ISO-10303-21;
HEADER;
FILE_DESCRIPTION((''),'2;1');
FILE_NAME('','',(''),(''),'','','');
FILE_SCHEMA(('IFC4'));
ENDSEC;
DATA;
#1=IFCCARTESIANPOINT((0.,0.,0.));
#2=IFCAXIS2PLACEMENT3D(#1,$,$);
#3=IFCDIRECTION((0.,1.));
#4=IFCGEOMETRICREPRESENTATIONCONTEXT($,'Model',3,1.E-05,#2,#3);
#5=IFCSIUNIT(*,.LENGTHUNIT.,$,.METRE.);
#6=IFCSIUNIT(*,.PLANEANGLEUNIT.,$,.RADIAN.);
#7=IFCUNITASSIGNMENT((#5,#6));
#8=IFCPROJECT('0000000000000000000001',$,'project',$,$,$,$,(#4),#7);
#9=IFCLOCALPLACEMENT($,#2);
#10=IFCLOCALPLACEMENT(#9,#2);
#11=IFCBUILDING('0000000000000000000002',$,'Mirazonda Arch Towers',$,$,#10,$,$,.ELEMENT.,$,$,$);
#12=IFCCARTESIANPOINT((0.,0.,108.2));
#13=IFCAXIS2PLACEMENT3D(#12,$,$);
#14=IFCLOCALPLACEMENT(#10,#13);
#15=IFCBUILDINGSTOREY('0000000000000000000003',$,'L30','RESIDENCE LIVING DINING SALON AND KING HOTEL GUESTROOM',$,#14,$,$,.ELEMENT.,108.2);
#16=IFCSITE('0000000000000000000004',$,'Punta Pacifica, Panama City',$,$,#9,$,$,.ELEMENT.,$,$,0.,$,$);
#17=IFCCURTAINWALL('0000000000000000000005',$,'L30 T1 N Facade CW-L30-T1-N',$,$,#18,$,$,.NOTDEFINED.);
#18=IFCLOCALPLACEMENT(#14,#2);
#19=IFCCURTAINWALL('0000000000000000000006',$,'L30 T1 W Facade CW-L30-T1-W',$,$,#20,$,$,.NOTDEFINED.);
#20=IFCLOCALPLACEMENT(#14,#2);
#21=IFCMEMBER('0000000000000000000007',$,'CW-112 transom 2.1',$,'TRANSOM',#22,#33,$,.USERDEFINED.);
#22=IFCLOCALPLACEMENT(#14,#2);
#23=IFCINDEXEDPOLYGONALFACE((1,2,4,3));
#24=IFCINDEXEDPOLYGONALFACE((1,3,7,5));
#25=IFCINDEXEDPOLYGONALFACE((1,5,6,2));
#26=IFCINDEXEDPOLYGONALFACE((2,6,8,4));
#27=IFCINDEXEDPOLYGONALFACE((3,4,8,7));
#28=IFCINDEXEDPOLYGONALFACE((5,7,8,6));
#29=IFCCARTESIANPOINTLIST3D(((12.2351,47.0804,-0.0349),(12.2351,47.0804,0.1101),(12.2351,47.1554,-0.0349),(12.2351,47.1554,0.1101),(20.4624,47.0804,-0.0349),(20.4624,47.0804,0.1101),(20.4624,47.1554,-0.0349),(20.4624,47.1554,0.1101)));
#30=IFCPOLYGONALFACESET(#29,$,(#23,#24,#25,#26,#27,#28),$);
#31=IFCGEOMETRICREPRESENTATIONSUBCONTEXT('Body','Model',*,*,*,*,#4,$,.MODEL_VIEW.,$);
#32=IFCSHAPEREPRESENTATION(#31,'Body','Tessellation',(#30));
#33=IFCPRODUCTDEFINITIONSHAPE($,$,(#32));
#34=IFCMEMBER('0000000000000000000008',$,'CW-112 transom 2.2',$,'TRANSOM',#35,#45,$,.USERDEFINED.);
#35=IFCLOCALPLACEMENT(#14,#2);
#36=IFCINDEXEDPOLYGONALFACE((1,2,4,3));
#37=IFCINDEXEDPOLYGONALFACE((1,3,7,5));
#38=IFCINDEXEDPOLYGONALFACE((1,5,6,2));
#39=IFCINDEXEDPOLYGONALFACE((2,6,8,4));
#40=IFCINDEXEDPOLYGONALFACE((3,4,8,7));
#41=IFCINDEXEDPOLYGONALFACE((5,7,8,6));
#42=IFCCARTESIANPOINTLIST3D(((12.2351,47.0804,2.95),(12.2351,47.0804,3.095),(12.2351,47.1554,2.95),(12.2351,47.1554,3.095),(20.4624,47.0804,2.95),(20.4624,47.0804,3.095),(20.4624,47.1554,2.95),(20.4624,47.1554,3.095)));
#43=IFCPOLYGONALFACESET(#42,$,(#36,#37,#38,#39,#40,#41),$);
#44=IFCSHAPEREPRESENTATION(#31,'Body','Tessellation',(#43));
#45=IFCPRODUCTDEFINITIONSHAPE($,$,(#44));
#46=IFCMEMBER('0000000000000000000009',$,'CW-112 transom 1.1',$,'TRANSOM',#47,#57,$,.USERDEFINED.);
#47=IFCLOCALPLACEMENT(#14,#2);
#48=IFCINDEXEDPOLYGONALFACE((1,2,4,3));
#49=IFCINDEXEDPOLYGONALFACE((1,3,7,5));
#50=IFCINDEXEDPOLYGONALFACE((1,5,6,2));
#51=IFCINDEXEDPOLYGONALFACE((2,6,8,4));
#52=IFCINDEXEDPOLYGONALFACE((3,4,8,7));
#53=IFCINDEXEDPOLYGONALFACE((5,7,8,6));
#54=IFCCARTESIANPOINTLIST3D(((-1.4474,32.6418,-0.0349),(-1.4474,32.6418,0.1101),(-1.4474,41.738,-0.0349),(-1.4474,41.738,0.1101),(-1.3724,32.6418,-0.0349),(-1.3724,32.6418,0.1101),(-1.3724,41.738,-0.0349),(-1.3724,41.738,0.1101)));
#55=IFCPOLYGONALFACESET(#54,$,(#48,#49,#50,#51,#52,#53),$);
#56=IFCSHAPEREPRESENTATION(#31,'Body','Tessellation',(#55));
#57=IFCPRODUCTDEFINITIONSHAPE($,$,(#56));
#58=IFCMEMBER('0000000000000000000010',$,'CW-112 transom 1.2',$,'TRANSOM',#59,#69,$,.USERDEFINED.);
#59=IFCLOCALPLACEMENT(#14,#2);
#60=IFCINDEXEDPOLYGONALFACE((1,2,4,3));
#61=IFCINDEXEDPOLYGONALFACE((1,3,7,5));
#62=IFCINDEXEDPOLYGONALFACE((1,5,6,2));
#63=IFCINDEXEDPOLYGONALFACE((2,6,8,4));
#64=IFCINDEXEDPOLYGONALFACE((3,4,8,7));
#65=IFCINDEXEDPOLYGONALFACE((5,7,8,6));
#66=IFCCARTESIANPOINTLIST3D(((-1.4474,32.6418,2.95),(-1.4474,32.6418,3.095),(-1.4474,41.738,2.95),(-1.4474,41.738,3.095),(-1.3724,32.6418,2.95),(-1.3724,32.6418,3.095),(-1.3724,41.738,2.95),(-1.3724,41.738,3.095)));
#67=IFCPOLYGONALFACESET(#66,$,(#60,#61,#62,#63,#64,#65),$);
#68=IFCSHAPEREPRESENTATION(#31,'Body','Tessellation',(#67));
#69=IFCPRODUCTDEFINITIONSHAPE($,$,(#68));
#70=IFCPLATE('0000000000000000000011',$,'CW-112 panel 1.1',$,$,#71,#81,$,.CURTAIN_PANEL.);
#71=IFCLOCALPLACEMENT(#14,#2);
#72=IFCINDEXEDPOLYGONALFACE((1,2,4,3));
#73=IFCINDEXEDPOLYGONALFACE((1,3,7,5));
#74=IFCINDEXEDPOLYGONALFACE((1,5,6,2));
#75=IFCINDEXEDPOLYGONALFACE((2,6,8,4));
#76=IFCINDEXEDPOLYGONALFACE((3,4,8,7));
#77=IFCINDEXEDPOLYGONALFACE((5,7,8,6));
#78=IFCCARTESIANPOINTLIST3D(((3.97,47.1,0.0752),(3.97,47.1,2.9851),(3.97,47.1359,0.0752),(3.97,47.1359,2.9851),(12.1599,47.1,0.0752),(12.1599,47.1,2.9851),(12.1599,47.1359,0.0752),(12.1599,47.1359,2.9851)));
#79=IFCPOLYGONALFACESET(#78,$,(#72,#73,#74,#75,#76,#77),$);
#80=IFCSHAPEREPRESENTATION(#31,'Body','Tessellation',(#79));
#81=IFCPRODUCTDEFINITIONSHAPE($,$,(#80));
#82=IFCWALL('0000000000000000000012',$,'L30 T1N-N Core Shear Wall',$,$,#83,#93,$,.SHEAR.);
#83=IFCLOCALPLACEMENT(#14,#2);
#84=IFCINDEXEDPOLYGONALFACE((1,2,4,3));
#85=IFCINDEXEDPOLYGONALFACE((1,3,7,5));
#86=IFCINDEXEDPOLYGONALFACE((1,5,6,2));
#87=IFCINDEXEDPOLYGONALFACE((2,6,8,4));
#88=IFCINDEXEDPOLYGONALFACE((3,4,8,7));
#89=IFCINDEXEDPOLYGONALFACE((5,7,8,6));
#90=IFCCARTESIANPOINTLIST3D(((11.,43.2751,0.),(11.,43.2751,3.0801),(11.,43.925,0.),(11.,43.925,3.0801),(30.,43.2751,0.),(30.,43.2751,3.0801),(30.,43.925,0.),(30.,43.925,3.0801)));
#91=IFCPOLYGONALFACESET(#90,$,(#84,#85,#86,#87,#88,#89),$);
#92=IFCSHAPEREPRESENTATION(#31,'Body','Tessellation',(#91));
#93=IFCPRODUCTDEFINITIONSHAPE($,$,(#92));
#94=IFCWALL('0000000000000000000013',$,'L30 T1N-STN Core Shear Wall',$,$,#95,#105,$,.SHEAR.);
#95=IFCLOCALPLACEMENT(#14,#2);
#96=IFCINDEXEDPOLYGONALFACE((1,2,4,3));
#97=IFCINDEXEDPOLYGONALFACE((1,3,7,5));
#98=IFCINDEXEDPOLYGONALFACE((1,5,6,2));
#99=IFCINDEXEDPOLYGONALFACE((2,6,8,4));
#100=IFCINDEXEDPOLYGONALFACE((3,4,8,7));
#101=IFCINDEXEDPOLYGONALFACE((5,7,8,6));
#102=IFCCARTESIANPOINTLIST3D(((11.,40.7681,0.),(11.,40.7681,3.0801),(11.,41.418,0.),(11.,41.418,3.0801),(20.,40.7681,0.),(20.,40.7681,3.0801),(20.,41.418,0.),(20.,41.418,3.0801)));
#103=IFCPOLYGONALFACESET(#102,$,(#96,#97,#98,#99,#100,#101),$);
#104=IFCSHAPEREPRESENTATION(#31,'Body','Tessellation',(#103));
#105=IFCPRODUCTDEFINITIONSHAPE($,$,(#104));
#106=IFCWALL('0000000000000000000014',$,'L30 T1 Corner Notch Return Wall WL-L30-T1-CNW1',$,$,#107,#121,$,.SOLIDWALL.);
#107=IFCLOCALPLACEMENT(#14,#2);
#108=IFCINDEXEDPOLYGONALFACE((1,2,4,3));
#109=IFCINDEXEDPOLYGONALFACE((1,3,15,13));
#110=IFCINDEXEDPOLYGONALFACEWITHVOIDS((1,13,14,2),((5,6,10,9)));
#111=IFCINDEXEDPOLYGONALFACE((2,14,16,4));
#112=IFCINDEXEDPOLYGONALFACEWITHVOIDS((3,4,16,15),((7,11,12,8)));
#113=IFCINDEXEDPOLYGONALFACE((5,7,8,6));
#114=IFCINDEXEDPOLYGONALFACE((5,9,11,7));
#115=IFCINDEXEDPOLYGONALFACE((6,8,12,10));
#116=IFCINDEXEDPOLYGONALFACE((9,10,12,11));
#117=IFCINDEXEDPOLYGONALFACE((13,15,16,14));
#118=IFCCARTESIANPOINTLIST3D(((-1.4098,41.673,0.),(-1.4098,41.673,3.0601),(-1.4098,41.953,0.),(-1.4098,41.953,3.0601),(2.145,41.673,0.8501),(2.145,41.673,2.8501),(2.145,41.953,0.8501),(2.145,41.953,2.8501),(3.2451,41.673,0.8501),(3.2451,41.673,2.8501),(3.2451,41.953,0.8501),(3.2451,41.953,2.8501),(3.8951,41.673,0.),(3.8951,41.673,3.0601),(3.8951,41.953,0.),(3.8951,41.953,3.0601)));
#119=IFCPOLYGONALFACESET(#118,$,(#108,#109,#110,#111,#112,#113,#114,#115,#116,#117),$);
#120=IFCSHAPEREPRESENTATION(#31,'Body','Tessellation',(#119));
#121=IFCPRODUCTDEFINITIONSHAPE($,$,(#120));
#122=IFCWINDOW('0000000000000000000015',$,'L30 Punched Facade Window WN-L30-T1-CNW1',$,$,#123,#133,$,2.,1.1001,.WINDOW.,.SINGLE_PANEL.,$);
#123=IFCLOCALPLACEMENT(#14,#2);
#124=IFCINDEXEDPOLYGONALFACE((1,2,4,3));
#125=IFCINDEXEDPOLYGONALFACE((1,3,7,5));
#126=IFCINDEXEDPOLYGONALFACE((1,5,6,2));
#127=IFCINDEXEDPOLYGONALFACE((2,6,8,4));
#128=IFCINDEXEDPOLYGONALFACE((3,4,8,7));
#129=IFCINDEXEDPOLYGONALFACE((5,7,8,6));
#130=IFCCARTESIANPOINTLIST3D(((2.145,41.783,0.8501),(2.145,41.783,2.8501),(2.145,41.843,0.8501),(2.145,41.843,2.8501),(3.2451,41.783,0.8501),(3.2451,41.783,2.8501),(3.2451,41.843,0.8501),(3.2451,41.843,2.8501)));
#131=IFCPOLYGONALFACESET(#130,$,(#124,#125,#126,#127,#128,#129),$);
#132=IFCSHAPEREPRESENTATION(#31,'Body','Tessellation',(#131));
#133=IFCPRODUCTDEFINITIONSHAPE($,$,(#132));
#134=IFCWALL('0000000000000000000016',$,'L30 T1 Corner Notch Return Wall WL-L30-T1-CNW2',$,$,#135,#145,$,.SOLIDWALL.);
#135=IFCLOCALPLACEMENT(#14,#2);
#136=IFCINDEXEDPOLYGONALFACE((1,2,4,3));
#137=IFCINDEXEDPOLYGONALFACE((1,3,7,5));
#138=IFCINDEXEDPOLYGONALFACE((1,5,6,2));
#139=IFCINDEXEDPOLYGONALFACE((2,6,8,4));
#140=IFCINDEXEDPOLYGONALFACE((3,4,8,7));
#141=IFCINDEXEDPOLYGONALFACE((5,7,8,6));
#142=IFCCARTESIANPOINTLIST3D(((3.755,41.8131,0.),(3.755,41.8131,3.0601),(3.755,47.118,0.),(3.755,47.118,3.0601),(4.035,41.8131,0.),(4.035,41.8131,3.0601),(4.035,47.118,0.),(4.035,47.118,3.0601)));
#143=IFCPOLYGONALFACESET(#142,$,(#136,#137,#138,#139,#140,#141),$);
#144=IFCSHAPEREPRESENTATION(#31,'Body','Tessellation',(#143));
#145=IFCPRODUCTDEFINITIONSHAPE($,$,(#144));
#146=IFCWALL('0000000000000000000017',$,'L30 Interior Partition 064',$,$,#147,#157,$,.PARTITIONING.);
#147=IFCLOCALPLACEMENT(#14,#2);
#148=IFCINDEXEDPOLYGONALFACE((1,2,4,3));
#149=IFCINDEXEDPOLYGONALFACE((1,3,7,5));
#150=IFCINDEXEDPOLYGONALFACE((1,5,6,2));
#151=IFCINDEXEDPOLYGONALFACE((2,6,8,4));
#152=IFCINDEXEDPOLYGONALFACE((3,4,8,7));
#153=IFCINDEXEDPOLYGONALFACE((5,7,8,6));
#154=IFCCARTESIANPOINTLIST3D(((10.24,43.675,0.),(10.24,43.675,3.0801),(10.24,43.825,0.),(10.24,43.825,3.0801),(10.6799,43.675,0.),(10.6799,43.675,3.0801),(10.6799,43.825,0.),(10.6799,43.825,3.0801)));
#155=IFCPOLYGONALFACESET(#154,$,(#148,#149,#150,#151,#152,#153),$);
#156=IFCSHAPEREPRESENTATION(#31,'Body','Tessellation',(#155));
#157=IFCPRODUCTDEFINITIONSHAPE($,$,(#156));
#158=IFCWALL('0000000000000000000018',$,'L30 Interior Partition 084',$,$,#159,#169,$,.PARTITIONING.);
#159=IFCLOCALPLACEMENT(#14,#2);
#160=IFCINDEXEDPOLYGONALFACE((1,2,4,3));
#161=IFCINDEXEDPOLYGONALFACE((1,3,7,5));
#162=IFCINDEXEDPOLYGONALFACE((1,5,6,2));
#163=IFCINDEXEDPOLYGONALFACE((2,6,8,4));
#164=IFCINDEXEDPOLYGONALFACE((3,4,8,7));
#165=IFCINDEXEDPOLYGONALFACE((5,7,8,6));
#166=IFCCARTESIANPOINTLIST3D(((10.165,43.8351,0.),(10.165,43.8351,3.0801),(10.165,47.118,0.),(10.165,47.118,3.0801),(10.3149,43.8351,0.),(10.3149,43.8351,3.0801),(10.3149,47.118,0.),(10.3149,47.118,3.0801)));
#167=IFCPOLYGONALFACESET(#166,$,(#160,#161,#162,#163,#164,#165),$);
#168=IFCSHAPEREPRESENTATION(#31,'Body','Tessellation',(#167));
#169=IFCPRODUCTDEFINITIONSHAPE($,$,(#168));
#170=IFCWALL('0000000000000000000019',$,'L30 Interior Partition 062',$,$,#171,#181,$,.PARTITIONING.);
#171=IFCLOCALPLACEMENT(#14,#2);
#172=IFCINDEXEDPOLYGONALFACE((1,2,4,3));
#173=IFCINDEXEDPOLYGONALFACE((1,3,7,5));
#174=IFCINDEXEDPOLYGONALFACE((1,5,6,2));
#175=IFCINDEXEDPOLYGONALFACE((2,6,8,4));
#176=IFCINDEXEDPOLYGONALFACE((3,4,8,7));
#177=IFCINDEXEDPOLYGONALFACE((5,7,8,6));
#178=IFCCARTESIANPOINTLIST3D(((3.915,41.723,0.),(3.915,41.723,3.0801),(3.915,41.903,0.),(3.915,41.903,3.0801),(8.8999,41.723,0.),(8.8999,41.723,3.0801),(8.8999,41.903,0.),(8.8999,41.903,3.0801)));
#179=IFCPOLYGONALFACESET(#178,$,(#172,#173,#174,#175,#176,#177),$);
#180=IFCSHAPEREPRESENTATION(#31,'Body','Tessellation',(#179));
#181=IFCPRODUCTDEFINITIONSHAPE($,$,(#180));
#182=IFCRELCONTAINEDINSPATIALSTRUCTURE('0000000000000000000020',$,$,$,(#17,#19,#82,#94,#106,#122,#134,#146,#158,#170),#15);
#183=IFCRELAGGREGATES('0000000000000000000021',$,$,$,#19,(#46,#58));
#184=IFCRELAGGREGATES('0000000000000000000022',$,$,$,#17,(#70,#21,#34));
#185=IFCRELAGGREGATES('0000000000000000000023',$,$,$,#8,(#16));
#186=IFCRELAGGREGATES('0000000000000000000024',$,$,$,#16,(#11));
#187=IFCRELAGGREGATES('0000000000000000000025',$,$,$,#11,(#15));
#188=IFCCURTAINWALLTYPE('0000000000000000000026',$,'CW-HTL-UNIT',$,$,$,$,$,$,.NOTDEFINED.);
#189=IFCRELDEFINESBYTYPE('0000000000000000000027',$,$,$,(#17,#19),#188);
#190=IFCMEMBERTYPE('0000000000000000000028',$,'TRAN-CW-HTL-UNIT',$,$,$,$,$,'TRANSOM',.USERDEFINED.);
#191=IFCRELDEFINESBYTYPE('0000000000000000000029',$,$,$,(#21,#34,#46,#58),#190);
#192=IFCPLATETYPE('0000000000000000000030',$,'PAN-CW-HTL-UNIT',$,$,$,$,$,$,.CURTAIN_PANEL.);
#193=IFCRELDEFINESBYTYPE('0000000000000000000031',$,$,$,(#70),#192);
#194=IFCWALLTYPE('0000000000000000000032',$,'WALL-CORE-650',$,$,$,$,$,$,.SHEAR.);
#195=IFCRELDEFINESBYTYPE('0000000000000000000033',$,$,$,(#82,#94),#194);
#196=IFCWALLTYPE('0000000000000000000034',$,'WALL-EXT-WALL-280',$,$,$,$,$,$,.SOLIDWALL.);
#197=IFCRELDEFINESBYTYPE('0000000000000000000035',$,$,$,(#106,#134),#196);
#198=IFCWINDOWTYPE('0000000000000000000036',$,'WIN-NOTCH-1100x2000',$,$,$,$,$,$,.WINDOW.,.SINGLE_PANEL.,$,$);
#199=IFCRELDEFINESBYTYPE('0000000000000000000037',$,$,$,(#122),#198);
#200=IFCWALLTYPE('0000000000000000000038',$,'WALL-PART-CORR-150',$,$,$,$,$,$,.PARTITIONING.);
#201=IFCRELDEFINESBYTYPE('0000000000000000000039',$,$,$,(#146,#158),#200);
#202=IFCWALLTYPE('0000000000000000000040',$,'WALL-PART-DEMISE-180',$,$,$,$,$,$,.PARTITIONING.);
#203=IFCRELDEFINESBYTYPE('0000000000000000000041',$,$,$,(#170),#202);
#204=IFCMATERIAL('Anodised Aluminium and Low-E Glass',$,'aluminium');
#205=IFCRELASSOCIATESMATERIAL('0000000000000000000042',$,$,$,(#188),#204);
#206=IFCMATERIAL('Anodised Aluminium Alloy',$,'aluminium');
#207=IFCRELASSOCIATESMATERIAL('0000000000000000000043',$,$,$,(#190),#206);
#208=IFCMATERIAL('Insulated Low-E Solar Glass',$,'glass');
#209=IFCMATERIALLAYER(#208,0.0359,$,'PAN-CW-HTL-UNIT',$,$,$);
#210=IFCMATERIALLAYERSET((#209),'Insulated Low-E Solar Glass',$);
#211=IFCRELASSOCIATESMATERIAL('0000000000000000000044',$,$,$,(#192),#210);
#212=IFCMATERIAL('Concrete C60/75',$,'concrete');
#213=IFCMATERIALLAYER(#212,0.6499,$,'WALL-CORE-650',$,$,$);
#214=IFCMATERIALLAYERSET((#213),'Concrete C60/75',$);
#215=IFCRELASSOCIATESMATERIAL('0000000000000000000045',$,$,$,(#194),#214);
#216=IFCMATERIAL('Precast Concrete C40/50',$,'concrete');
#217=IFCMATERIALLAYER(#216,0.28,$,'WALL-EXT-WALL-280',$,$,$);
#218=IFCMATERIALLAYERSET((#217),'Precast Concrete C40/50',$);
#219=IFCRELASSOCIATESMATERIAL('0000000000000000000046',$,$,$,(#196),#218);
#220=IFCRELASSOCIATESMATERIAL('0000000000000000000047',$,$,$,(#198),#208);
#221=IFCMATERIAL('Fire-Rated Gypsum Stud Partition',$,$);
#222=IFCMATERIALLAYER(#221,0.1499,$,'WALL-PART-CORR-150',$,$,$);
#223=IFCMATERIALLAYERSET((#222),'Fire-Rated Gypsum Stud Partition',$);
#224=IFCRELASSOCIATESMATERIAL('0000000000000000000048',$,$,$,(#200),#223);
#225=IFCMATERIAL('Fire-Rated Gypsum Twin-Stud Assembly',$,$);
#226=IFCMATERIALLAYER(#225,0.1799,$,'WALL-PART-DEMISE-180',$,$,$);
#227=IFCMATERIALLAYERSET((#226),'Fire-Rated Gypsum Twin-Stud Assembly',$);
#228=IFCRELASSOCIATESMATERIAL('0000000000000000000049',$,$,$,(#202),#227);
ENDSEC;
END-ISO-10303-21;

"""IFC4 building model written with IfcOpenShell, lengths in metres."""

from ifc_helpers import new_model, si_unit, direction, frame, frame_2d, origin, origin_2d, place, context, subcontext, project, spatial, rectangle, extrude, material, layer, layer_set, material_profile, profile_set, type_object, element, fill, aggregate, save


model = new_model("IFC4")

# Units and contexts
model_context = context("Model", 3, precision=1e-05, world=origin(), true_north=direction((0.0, 1.0)))
body_context = subcontext(model_context, "Body", "Model", "MODEL_VIEW")
ifc_project = project(units=[si_unit("LENGTHUNIT", "METRE"), si_unit("PLANEANGLEUNIT", "RADIAN")], contexts=[model_context])

# Site, building, storey
site_placement = place(None, origin())
site = spatial("IfcSite", under=ifc_project, at=site_placement, Name="Punta Pacifica, Panama City", CompositionType="ELEMENT", RefElevation=0.0)
building_placement = place(site_placement, origin())
building = spatial("IfcBuilding", under=site, at=building_placement, Name="Mirazonda Arch Towers", CompositionType="ELEMENT")
storey_placement = place(building_placement, frame((0.0, 0.0, 108.2)))
storey = spatial("IfcBuildingStorey", under=building, at=storey_placement, Name="L30", Description="RESIDENCE LIVING DINING SALON AND KING HOTEL GUESTROOM", CompositionType="ELEMENT", Elevation=108.2)

# Shared definitions
ifc_material_1 = material(Name="Concrete C60/75", Category="concrete")

# Curtain wall
ifc_material_2 = material(Name="Anodised Aluminium and Low-E Glass", Category="aluminium")
curtain_wall_type = type_object("IfcCurtainWallType", Name="CW-HTL-UNIT", PredefinedType="NOTDEFINED", material=ifc_material_2)
curtain_wall_1_placement = place(storey_placement, origin())
curtain_wall_1 = element("IfcCurtainWall", 1, at=curtain_wall_1_placement, inside=storey, type_object=curtain_wall_type, Name="L30 T1 N Facade CW-L30-T1-N", PredefinedType="NOTDEFINED")
ifc_material_3 = material(Name="Anodised Aluminium Alloy", Category="aluminium")

# Curtain wall
curtain_wall_2_placement = place(storey_placement, origin())
curtain_wall_2 = element("IfcCurtainWall", 2, at=curtain_wall_2_placement, inside=storey, type_object=curtain_wall_type, Name="L30 T1 W Facade CW-L30-T1-W", PredefinedType="NOTDEFINED")

# Members
ifc_material_profile_1 = material_profile(ifc_material_3, rectangle(XDim=0.075, YDim=0.145, at=origin_2d()), Name="ALU-TRAN-75x145")
ifc_profile_set_1 = profile_set([ifc_material_profile_1], Name="Anodised Aluminium Alloy")
member_type_1 = type_object("IfcMemberType", Name="TRAN-CW-HTL-UNIT", ElementType="TRANSOM", PredefinedType="USERDEFINED", material=ifc_profile_set_1)
member_1_placement = place(storey_placement, frame((12.2351, 47.1179, 0.0376), z_axis=(1.0, 0.0, 0.0), x_axis=(0.0, 1.0, 0.0)))
member_1 = element("IfcMember", 3, at=member_1_placement, type_object=member_type_1, Name="CW-112 transom 2.1", ObjectType="TRANSOM", PredefinedType="USERDEFINED", context=body_context, shape_type="SweptSolid", body=[
    extrude(rectangle(XDim=0.075, YDim=0.145, at=origin_2d()), origin(), (0.0, 0.0, 1.0), 8.2273),
])
member_2_placement = place(storey_placement, frame((12.2351, 47.1179, 3.0225), z_axis=(1.0, 0.0, 0.0), x_axis=(0.0, 1.0, 0.0)))
member_2 = element("IfcMember", 4, at=member_2_placement, type_object=member_type_1, Name="CW-112 transom 2.2", ObjectType="TRANSOM", PredefinedType="USERDEFINED", context=body_context, shape_type="SweptSolid", body=[
    extrude(rectangle(XDim=0.075, YDim=0.145, at=origin_2d()), origin(), (0.0, 0.0, 1.0), 8.2273),
])
member_3_placement = place(storey_placement, frame((-1.4099, 41.738, 0.0376), z_axis=(0.0, -1.0, 0.0), x_axis=(1.0, 0.0, 0.0)))
member_3 = element("IfcMember", 5, at=member_3_placement, type_object=member_type_1, Name="CW-112 transom 1.1", ObjectType="TRANSOM", PredefinedType="USERDEFINED", context=body_context, shape_type="SweptSolid", body=[
    extrude(rectangle(XDim=0.075, YDim=0.145, at=origin_2d()), origin(), (0.0, 0.0, 1.0), 9.0962),
])
member_4_placement = place(storey_placement, frame((-1.4099, 41.738, 3.0225), z_axis=(0.0, -1.0, 0.0), x_axis=(1.0, 0.0, 0.0)))
member_4 = element("IfcMember", 6, at=member_4_placement, type_object=member_type_1, Name="CW-112 transom 1.2", ObjectType="TRANSOM", PredefinedType="USERDEFINED", context=body_context, shape_type="SweptSolid", body=[
    extrude(rectangle(XDim=0.075, YDim=0.145, at=origin_2d()), origin(), (0.0, 0.0, 1.0), 9.0962),
])
aggregate(curtain_wall_2, [member_3, member_4])

# Plate
ifc_material_4 = material(Name="Insulated Low-E Solar Glass", Category="glass")
ifc_layer_1 = layer(ifc_material_4, 0.0359, Name="PAN-CW-HTL-UNIT")
ifc_layer_set_1 = layer_set([ifc_layer_1], Name="Insulated Low-E Solar Glass")
plate_type = type_object("IfcPlateType", Name="PAN-CW-HTL-UNIT", PredefinedType="CURTAIN_PANEL", material=ifc_layer_set_1)
plate_placement = place(storey_placement, frame((8.0649, 47.1179, 0.0752), z_axis=(0.0, 0.0, 1.0), x_axis=(1.0, 0.0, 0.0)))
plate = element("IfcPlate", 7, at=plate_placement, type_object=plate_type, Name="CW-112 panel 1.1", PredefinedType="CURTAIN_PANEL", context=body_context, shape_type="SweptSolid", body=[
    extrude(rectangle(XDim=8.1899, YDim=0.0359, at=origin_2d()), origin(), (0.0, 0.0, 1.0), 2.9099),
])
aggregate(curtain_wall_1, [plate, member_1, member_2])

# Walls
ifc_layer_2 = layer(ifc_material_1, 0.6499, Name="WALL-CORE-650")
ifc_layer_set_2 = layer_set([ifc_layer_2], Name="Concrete C60/75")
wall_type_1 = type_object("IfcWallType", Name="WALL-CORE-650", PredefinedType="SHEAR", material=ifc_layer_set_2)
wall_1_placement = place(storey_placement, frame((11.0, 43.6001, 0.0), z_axis=(0.0, 0.0, 1.0), x_axis=(1.0, 0.0, 0.0)))
element("IfcWall", 8, at=wall_1_placement, inside=storey, type_object=wall_type_1, Name="L30 T1N-N Core Shear Wall", PredefinedType="SHEAR", context=body_context, shape_type="SweptSolid", body=[
    extrude(rectangle(XDim=19.0, YDim=0.6499, at=frame_2d((9.5, 0.0))), origin(), (0.0, 0.0, 1.0), 3.0801),
])
wall_2_placement = place(storey_placement, frame((11.0, 41.093, 0.0), z_axis=(0.0, 0.0, 1.0), x_axis=(1.0, 0.0, 0.0)))
element("IfcWall", 9, at=wall_2_placement, inside=storey, type_object=wall_type_1, Name="L30 T1N-STN Core Shear Wall", PredefinedType="SHEAR", context=body_context, shape_type="SweptSolid", body=[
    extrude(rectangle(XDim=9.0, YDim=0.6499, at=frame_2d((4.5, 0.0))), origin(), (0.0, 0.0, 1.0), 3.0801),
])

# Wall, opening, window
ifc_material_5 = material(Name="Precast Concrete C40/50", Category="concrete")
ifc_layer_3 = layer(ifc_material_5, 0.28, Name="WALL-EXT-WALL-280")
ifc_layer_set_3 = layer_set([ifc_layer_3], Name="Precast Concrete C40/50")
wall_type_2 = type_object("IfcWallType", Name="WALL-EXT-WALL-280", PredefinedType="SOLIDWALL", material=ifc_layer_set_3)
wall_3_placement = place(storey_placement, frame((3.895, 41.813, 0.0), z_axis=(0.0, 0.0, 1.0), x_axis=(-1.0, 0.0, 0.0)))
wall_3 = element("IfcWall", 10, at=wall_3_placement, inside=storey, type_object=wall_type_2, Name="L30 T1 Corner Notch Return Wall WL-L30-T1-CNW1", PredefinedType="SOLIDWALL", context=body_context, shape_type="SweptSolid", body=[
    extrude(rectangle(XDim=5.3049, YDim=0.28, at=frame_2d((2.6523, 0.0))), origin(), (0.0, 0.0, 1.0), 3.0601),
])
opening_1_placement = place(wall_3_placement, frame((0.6499, 0.0, 0.8501)))
opening_1 = element("IfcOpeningElement", 11, at=opening_1_placement, cuts=wall_3, PredefinedType="OPENING", context=body_context, shape_type="SweptSolid", body=[
    extrude(rectangle(XDim=1.1001, YDim=2.0, at=frame_2d((0.55, 1.0))), frame((0.0, 0.1499, 0.0), z_axis=(0.0, -1.0, 0.0), x_axis=(1.0, 0.0, 0.0)), (0.0, 0.0, 1.0), 0.3),
])
window_type = type_object("IfcWindowType", Name="WIN-NOTCH-1100x2000", PartitioningType="SINGLE_PANEL", PredefinedType="WINDOW", material=ifc_material_4)
window_placement = place(opening_1_placement, origin())
window = element("IfcWindow", 12, at=window_placement, inside=storey, type_object=window_type, Name="L30 Punched Facade Window WN-L30-T1-CNW1", OverallHeight=2.0, OverallWidth=1.1001, PartitioningType="SINGLE_PANEL", PredefinedType="WINDOW", context=body_context, shape_type="SweptSolid", body=[
    extrude(rectangle(XDim=1.1001, YDim=2.0, at=frame_2d((0.55, 1.0))), frame((0.0, 0.03, 0.0), z_axis=(0.0, -1.0, 0.0), x_axis=(1.0, 0.0, 0.0)), (0.0, 0.0, 1.0), 0.0601),
])
fill(opening_1, window)

# Walls
wall_4_placement = place(storey_placement, frame((3.895, 47.1179, 0.0), z_axis=(0.0, 0.0, 1.0), x_axis=(0.0, -1.0, 0.0)))
element("IfcWall", 13, at=wall_4_placement, inside=storey, type_object=wall_type_2, Name="L30 T1 Corner Notch Return Wall WL-L30-T1-CNW2", PredefinedType="SOLIDWALL", context=body_context, shape_type="SweptSolid", body=[
    extrude(rectangle(XDim=5.3049, YDim=0.28, at=frame_2d((2.6523, 0.0))), origin(), (0.0, 0.0, 1.0), 3.0601),
])
ifc_material_6 = material(Name="Fire-Rated Gypsum Stud Partition")
ifc_layer_4 = layer(ifc_material_6, 0.1499, Name="WALL-PART-CORR-150")
ifc_layer_set_4 = layer_set([ifc_layer_4], Name="Fire-Rated Gypsum Stud Partition")
wall_type_3 = type_object("IfcWallType", Name="WALL-PART-CORR-150", PredefinedType="PARTITIONING", material=ifc_layer_set_4)
wall_5_placement = place(storey_placement, frame((10.24, 43.75, 0.0), z_axis=(0.0, 0.0, 1.0), x_axis=(1.0, 0.0, 0.0)))
element("IfcWall", 14, at=wall_5_placement, inside=storey, type_object=wall_type_3, Name="L30 Interior Partition 064", PredefinedType="PARTITIONING", context=body_context, shape_type="SweptSolid", body=[
    extrude(rectangle(XDim=0.4399, YDim=0.1499, at=frame_2d((0.22, 0.0))), origin(), (0.0, 0.0, 1.0), 3.0801),
])
wall_6_placement = place(storey_placement, frame((10.24, 43.835, 0.0), z_axis=(0.0, 0.0, 1.0), x_axis=(0.0, 1.0, 0.0)))
element("IfcWall", 15, at=wall_6_placement, inside=storey, type_object=wall_type_3, Name="L30 Interior Partition 084", PredefinedType="PARTITIONING", context=body_context, shape_type="SweptSolid", body=[
    extrude(rectangle(XDim=3.283, YDim=0.1499, at=frame_2d((1.6416, 0.0))), origin(), (0.0, 0.0, 1.0), 3.0801),
])
ifc_material_7 = material(Name="Fire-Rated Gypsum Twin-Stud Assembly")
ifc_layer_5 = layer(ifc_material_7, 0.1799, Name="WALL-PART-DEMISE-180")
ifc_layer_set_5 = layer_set([ifc_layer_5], Name="Fire-Rated Gypsum Twin-Stud Assembly")
wall_type_4 = type_object("IfcWallType", Name="WALL-PART-DEMISE-180", PredefinedType="PARTITIONING", material=ifc_layer_set_5)
wall_7_placement = place(storey_placement, frame((3.915, 41.813, 0.0), z_axis=(0.0, 0.0, 1.0), x_axis=(1.0, 0.0, 0.0)))
element("IfcWall", 16, at=wall_7_placement, inside=storey, type_object=wall_type_4, Name="L30 Interior Partition 062", PredefinedType="PARTITIONING", context=body_context, shape_type="SweptSolid", body=[
    extrude(rectangle(XDim=4.9849, YDim=0.1799, at=frame_2d((2.4924, 0.0))), origin(), (0.0, 0.0, 1.0), 3.0801),
])

save(model, "model.ifc")
